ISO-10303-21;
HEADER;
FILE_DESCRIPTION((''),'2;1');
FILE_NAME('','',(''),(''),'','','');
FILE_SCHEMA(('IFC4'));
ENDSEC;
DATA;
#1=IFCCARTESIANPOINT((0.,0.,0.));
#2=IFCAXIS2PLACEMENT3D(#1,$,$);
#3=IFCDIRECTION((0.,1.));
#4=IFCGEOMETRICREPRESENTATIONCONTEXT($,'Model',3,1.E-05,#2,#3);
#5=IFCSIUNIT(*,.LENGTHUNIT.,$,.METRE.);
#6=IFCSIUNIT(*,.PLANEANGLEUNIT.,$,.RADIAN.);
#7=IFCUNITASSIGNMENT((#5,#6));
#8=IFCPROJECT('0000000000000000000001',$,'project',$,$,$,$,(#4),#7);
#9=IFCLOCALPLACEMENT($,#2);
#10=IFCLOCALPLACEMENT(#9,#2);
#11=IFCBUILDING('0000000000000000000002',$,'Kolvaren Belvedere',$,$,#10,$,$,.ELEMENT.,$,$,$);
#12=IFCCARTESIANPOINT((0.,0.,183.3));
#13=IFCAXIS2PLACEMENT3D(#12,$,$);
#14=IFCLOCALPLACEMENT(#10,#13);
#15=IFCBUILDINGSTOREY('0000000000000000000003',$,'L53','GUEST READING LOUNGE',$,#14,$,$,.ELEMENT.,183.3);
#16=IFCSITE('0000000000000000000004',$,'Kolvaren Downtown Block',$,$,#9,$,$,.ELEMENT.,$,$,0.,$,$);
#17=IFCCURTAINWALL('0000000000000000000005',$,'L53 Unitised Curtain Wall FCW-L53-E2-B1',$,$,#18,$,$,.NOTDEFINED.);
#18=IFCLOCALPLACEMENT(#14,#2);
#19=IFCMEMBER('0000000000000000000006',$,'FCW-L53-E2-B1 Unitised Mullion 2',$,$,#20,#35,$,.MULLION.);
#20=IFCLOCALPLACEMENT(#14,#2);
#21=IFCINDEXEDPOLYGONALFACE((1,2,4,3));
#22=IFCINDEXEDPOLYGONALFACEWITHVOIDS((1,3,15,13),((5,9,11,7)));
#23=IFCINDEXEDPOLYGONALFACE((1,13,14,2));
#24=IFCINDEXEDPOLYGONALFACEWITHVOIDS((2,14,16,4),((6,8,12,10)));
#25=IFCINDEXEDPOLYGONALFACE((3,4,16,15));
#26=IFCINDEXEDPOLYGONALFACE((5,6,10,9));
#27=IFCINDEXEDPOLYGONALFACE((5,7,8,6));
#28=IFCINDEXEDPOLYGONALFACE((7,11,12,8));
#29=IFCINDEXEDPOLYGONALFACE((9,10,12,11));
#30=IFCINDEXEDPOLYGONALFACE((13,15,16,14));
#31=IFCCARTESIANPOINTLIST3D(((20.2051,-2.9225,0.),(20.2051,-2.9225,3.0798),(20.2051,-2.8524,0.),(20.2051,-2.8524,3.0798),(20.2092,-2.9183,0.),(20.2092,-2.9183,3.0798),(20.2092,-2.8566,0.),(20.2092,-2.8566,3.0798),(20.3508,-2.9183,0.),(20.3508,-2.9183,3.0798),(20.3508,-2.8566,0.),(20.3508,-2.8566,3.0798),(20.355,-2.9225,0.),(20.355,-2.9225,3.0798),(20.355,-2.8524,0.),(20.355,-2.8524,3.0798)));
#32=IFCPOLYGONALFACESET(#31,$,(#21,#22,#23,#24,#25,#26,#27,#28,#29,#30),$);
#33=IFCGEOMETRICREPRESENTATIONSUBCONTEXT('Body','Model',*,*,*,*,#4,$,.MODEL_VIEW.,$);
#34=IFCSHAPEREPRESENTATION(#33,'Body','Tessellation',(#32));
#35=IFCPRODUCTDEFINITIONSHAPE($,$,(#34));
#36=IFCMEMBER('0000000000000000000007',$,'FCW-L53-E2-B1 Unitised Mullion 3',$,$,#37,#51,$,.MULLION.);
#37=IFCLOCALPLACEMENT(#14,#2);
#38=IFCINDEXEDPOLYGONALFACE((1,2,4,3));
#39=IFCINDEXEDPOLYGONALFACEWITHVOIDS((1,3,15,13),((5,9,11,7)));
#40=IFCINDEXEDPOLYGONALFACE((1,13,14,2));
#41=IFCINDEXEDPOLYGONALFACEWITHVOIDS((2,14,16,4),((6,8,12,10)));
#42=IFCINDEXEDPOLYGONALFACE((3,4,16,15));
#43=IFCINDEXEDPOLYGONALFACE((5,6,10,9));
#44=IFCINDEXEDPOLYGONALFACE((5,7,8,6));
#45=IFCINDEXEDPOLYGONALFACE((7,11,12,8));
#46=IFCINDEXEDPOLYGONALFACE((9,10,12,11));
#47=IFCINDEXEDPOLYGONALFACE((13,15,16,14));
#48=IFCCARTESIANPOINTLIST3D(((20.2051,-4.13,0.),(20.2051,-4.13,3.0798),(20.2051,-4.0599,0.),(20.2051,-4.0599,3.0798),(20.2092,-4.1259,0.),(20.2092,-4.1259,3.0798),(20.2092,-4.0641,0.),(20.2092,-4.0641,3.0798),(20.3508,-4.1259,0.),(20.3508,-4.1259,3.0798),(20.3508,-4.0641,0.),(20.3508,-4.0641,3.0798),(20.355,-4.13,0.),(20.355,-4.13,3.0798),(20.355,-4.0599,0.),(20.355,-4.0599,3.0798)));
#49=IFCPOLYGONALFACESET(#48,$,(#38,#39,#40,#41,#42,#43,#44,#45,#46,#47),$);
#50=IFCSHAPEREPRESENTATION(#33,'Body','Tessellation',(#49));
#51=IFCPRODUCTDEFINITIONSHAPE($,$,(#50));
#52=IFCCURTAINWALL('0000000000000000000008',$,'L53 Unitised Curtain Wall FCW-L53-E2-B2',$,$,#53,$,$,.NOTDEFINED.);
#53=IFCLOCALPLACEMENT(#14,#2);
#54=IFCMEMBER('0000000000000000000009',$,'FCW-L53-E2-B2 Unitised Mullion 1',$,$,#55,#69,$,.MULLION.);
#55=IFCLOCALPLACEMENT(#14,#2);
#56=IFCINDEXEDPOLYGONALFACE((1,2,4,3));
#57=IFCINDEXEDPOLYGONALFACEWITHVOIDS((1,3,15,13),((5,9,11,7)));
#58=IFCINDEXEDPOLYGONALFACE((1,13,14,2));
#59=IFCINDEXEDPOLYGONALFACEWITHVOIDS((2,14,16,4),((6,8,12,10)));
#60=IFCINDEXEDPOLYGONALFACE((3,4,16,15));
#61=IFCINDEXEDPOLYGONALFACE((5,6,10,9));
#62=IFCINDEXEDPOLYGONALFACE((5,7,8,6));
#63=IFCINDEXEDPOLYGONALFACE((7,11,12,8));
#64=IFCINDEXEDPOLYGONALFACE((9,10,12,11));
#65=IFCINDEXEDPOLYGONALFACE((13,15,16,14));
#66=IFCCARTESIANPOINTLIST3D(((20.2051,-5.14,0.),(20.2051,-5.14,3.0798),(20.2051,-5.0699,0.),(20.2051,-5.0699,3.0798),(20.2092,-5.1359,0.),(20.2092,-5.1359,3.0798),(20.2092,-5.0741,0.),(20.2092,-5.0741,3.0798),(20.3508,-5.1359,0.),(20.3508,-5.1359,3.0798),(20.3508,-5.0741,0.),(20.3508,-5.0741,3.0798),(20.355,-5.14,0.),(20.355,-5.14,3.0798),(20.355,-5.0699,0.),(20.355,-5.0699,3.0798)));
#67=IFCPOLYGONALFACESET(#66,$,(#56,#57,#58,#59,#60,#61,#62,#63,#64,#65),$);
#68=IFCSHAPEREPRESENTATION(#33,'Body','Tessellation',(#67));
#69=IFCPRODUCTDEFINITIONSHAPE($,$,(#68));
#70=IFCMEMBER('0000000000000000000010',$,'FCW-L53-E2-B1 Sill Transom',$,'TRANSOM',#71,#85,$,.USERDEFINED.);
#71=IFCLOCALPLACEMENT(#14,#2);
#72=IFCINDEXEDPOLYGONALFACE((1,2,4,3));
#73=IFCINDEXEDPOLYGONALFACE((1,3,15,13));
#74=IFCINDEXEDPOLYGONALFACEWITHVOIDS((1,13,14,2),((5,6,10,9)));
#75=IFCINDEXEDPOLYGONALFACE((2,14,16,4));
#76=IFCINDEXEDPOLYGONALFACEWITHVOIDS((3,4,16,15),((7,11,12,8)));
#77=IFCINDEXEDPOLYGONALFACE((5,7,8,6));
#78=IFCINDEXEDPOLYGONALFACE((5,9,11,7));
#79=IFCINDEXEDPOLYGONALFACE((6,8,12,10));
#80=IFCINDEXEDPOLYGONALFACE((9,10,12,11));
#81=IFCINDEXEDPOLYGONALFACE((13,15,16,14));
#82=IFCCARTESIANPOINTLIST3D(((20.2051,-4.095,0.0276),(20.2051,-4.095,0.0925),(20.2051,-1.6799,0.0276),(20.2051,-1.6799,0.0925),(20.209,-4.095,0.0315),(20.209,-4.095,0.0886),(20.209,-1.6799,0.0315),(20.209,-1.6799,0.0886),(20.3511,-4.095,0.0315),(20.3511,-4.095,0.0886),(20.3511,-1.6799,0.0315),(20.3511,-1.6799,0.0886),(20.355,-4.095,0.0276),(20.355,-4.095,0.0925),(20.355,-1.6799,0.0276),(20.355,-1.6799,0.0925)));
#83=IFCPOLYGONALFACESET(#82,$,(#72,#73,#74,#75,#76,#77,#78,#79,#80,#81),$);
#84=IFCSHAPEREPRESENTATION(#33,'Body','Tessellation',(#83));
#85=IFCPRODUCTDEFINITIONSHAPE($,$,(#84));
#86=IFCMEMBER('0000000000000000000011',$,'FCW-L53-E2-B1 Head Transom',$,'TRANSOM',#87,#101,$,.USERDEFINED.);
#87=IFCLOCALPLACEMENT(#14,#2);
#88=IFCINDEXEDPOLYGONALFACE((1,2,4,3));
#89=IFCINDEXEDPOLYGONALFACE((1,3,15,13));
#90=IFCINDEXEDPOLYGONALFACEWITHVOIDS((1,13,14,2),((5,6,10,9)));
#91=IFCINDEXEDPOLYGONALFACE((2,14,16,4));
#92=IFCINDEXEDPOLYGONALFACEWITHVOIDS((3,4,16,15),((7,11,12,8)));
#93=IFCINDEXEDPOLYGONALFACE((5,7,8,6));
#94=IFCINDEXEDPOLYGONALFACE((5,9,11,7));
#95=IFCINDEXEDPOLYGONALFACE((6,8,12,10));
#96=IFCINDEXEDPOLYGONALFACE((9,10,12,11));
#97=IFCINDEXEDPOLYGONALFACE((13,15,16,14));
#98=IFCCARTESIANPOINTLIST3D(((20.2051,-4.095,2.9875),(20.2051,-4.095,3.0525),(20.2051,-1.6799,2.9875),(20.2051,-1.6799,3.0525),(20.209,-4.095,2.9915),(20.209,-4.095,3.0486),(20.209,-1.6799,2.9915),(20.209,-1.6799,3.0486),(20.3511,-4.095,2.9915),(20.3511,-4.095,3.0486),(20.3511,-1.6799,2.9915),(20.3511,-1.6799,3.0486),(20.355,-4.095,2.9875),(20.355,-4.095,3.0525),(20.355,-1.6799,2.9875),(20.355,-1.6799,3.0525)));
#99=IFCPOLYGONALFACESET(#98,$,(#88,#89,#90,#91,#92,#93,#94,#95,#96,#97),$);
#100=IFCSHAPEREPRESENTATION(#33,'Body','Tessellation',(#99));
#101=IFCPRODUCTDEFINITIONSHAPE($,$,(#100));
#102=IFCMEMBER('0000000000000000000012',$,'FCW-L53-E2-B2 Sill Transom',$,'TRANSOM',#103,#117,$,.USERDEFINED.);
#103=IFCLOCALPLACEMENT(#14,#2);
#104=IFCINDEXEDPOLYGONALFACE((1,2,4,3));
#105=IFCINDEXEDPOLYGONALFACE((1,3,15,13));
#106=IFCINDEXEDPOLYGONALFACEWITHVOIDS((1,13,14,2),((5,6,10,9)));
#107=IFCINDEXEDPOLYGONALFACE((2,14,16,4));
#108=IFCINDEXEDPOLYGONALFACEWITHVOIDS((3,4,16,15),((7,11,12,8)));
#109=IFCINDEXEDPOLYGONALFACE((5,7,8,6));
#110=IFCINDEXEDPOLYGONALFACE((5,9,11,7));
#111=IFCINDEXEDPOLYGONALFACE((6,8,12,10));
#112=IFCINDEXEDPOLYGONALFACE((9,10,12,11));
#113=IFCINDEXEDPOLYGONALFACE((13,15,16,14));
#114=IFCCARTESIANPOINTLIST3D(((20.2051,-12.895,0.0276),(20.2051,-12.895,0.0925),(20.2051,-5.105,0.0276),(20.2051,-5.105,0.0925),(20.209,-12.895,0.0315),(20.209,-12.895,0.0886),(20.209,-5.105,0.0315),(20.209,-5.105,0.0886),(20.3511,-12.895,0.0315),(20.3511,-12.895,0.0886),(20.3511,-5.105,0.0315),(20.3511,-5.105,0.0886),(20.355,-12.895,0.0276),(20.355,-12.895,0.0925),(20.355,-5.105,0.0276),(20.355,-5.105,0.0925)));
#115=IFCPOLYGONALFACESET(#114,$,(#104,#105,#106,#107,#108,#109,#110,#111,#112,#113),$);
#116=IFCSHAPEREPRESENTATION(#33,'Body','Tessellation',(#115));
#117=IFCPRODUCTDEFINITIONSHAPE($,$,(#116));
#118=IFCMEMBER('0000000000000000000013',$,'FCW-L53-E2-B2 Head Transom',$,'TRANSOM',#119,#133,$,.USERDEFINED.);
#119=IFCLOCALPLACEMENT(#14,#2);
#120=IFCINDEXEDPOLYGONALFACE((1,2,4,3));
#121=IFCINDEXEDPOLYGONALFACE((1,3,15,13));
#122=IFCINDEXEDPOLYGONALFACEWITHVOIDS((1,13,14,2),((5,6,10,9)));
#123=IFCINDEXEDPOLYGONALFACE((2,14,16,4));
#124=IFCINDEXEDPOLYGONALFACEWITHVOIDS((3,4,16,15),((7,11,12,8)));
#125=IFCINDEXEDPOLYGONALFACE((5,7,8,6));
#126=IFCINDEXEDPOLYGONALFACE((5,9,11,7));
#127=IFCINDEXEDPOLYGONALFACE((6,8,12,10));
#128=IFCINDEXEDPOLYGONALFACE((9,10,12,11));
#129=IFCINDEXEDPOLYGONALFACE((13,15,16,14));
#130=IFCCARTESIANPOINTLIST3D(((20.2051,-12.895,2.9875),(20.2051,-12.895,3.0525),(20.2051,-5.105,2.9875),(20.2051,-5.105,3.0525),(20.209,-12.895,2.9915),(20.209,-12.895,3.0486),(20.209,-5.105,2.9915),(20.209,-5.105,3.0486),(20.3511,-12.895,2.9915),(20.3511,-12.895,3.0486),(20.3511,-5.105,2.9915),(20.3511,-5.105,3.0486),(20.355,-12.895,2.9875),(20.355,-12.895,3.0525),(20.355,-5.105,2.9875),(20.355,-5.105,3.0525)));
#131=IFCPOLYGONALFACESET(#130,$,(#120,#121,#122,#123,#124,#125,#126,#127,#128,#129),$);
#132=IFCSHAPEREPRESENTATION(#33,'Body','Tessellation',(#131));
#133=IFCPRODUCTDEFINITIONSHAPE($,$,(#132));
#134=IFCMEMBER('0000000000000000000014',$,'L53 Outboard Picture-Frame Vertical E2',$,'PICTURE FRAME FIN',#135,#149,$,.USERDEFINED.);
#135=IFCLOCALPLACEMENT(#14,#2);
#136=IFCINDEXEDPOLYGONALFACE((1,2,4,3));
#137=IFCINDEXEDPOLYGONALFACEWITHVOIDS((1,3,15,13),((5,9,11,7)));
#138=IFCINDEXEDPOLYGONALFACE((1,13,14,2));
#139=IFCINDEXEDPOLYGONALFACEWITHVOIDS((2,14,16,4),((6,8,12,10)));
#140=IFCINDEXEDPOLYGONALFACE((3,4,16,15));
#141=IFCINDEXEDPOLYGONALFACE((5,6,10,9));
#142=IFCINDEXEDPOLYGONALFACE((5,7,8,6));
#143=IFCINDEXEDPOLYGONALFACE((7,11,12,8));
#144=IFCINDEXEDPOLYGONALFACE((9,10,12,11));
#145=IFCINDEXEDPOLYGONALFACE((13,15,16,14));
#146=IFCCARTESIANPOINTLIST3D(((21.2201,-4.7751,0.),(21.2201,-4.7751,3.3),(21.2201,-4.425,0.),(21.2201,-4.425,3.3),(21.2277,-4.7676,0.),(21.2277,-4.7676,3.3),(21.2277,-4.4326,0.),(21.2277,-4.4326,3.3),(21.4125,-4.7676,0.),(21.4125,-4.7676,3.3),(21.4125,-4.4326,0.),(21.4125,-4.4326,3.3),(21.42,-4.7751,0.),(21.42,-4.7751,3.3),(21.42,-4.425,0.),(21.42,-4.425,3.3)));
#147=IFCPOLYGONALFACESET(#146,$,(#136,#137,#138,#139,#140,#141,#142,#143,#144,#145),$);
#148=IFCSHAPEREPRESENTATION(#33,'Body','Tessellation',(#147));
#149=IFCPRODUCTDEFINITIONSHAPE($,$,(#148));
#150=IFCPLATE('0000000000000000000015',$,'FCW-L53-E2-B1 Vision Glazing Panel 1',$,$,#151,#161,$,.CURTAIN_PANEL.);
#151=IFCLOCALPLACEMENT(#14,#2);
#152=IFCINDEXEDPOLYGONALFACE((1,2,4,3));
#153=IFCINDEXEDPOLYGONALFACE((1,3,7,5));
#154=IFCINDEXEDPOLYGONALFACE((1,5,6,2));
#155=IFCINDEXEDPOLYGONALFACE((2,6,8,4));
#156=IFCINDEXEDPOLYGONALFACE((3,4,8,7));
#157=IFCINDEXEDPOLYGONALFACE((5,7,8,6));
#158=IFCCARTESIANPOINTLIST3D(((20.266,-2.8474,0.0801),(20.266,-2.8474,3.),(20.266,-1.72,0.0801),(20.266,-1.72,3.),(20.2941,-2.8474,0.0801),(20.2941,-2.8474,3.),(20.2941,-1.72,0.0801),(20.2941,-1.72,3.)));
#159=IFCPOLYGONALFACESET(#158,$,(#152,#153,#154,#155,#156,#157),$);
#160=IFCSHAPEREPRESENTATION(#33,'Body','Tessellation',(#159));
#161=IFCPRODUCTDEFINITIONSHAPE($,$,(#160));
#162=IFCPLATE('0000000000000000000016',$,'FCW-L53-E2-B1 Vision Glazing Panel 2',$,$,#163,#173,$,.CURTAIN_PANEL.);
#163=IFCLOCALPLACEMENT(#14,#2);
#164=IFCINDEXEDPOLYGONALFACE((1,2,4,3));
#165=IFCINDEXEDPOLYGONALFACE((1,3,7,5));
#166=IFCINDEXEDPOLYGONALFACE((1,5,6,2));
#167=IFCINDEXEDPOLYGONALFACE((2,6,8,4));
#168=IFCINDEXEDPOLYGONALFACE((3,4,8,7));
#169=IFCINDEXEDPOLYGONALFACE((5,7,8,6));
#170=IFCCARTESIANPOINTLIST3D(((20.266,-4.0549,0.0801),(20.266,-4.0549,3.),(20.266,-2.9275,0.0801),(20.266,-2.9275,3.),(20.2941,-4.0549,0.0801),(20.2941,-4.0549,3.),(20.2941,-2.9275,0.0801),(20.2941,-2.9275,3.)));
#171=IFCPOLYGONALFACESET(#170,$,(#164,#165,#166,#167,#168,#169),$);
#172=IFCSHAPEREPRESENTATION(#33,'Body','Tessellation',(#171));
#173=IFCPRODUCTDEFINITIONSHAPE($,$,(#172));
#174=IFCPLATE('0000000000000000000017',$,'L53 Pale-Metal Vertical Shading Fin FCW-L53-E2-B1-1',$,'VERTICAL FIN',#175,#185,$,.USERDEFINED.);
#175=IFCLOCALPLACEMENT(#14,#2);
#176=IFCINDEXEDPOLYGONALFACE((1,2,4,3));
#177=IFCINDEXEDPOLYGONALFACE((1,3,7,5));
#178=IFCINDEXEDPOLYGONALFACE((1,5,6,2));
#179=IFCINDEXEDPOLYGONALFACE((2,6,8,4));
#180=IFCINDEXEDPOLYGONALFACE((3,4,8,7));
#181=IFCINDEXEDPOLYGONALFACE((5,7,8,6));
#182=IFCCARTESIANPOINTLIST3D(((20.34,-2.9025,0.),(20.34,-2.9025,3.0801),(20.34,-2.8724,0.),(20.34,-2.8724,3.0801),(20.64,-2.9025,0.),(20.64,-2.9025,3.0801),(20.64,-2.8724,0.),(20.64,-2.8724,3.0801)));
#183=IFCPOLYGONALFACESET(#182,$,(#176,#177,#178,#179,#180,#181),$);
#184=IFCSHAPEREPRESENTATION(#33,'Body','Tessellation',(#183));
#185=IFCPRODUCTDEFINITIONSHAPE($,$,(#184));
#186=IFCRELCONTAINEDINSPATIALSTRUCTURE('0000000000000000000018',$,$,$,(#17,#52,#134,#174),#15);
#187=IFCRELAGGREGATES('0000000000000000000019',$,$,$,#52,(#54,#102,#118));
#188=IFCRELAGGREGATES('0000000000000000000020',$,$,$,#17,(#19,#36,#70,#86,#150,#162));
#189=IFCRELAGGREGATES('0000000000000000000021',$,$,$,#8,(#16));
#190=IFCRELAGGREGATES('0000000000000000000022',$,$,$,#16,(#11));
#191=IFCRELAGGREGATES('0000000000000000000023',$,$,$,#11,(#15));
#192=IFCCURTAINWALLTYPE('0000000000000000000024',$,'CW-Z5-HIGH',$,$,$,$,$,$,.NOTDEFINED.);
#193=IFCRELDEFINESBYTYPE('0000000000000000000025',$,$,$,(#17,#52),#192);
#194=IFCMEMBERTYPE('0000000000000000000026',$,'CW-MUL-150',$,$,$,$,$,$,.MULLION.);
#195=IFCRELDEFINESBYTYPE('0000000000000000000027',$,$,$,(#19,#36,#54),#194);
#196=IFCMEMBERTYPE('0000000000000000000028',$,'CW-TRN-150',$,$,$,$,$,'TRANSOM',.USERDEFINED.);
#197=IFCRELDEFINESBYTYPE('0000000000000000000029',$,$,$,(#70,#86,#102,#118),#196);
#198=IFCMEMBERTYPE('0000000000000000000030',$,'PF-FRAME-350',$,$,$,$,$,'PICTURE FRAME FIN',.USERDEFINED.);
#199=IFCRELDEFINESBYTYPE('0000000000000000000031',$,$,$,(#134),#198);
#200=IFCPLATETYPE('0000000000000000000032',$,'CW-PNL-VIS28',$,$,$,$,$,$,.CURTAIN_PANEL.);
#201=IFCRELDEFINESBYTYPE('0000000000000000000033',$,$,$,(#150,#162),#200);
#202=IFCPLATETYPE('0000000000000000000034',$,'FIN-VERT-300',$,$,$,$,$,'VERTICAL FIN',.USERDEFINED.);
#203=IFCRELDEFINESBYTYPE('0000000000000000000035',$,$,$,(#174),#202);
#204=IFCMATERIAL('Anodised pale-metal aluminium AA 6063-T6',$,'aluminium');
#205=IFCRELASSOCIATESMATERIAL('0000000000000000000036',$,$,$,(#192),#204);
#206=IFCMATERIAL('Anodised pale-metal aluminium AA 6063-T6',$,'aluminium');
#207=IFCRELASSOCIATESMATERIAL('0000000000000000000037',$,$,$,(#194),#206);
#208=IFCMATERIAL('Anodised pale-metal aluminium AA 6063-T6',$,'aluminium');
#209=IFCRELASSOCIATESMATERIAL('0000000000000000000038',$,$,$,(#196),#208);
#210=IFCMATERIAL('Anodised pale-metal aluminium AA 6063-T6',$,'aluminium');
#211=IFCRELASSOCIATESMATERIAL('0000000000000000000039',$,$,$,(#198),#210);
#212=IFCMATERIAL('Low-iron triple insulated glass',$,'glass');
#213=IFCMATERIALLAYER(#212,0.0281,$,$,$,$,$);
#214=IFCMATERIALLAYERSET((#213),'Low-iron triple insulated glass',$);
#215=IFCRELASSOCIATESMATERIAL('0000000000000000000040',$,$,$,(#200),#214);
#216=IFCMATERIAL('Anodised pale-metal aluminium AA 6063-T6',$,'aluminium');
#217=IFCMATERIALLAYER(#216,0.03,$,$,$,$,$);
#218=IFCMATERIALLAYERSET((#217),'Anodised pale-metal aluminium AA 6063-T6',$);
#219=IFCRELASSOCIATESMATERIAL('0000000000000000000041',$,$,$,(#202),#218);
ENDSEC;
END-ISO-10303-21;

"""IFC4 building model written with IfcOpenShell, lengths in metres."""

from ifc_helpers import new_model, si_unit, direction, frame, origin, origin_2d, place, context, subcontext, project, spatial, rectangle, hollow_rectangle, extrude, material, layer, layer_set, material_profile, profile_set, type_object, element, aggregate, save


model = new_model("IFC4")

# Units and contexts
model_context = context("Model", 3, precision=1e-05, world=origin(), true_north=direction((0.0, 1.0)))
body_context = subcontext(model_context, "Body", "Model", "MODEL_VIEW")
ifc_project = project(units=[si_unit("LENGTHUNIT", "METRE"), si_unit("PLANEANGLEUNIT", "RADIAN")], contexts=[model_context])

# Site, building, storey
site_placement = place(None, origin())
site = spatial("IfcSite", under=ifc_project, at=site_placement, Name="Kolvaren Downtown Block", CompositionType="ELEMENT", RefElevation=0.0)
building_placement = place(site_placement, origin())
building = spatial("IfcBuilding", under=site, at=building_placement, Name="Kolvaren Belvedere", CompositionType="ELEMENT")
storey_placement = place(building_placement, frame((0.0, 0.0, 183.3)))
storey = spatial("IfcBuildingStorey", under=building, at=storey_placement, Name="L53", Description="GUEST READING LOUNGE", CompositionType="ELEMENT", Elevation=183.3)

# Curtain wall, members
ifc_material_1 = material(Name="Anodised pale-metal aluminium AA 6063-T6", Category="aluminium")
curtain_wall_type = type_object("IfcCurtainWallType", Name="CW-Z5-HIGH", PredefinedType="NOTDEFINED", material=ifc_material_1)
curtain_wall_1_placement = place(storey_placement, origin())
curtain_wall_1 = element("IfcCurtainWall", 1, at=curtain_wall_1_placement, inside=storey, type_object=curtain_wall_type, Name="L53 Unitised Curtain Wall FCW-L53-E2-B1", PredefinedType="NOTDEFINED")
ifc_material_2 = material(Name="Anodised pale-metal aluminium AA 6063-T6", Category="aluminium")
ifc_material_profile_1 = material_profile(ifc_material_2, hollow_rectangle(XDim=0.0701, YDim=0.1499, WallThickness=0.0042, at=origin_2d()), Name="ALU-MUL-150X70")
ifc_profile_set_1 = profile_set([ifc_material_profile_1], Name="Anodised pale-metal aluminium AA 6063-T6")
member_type_1 = type_object("IfcMemberType", Name="CW-MUL-150", PredefinedType="MULLION", material=ifc_profile_set_1)
member_1_placement = place(storey_placement, frame((20.28, -2.8875, 0.0), z_axis=(0.0, 0.0, 1.0), x_axis=(0.0, 1.0, 0.0)))
member_1 = element("IfcMember", 2, at=member_1_placement, type_object=member_type_1, Name="FCW-L53-E2-B1 Unitised Mullion 2", PredefinedType="MULLION", context=body_context, shape_type="SweptSolid", body=[
    extrude(hollow_rectangle(XDim=0.0701, YDim=0.1499, WallThickness=0.0042, at=origin_2d()), origin(), (0.0, 0.0, 1.0), 3.0798),
])
member_2_placement = place(storey_placement, frame((20.28, -4.095, 0.0), z_axis=(0.0, 0.0, 1.0), x_axis=(0.0, 1.0, 0.0)))
member_2 = element("IfcMember", 3, at=member_2_placement, type_object=member_type_1, Name="FCW-L53-E2-B1 Unitised Mullion 3", PredefinedType="MULLION", context=body_context, shape_type="SweptSolid", body=[
    extrude(hollow_rectangle(XDim=0.0701, YDim=0.1499, WallThickness=0.0042, at=origin_2d()), origin(), (0.0, 0.0, 1.0), 3.0798),
])

# Curtain wall, member
curtain_wall_2_placement = place(storey_placement, origin())
curtain_wall_2 = element("IfcCurtainWall", 4, at=curtain_wall_2_placement, inside=storey, type_object=curtain_wall_type, Name="L53 Unitised Curtain Wall FCW-L53-E2-B2", PredefinedType="NOTDEFINED")
member_3_placement = place(storey_placement, frame((20.28, -5.105, 0.0), z_axis=(0.0, 0.0, 1.0), x_axis=(0.0, 1.0, 0.0)))
member_3 = element("IfcMember", 5, at=member_3_placement, type_object=member_type_1, Name="FCW-L53-E2-B2 Unitised Mullion 1", PredefinedType="MULLION", context=body_context, shape_type="SweptSolid", body=[
    extrude(hollow_rectangle(XDim=0.0701, YDim=0.1499, WallThickness=0.0042, at=origin_2d()), origin(), (0.0, 0.0, 1.0), 3.0798),
])

# Members
ifc_material_3 = material(Name="Anodised pale-metal aluminium AA 6063-T6", Category="aluminium")
ifc_material_profile_2 = material_profile(ifc_material_3, hollow_rectangle(XDim=0.0649, YDim=0.1499, WallThickness=0.0039, at=origin_2d()), Name="ALU-TRN-150X65")
ifc_profile_set_2 = profile_set([ifc_material_profile_2], Name="Anodised pale-metal aluminium AA 6063-T6")
member_type_2 = type_object("IfcMemberType", Name="CW-TRN-150", ElementType="TRANSOM", PredefinedType="USERDEFINED", material=ifc_profile_set_2)
member_4_placement = place(storey_placement, frame((20.28, -1.6799, 0.0601), z_axis=(0.0, -1.0, 0.0), x_axis=(0.0, 0.0, 1.0)))
member_4 = element("IfcMember", 6, at=member_4_placement, type_object=member_type_2, Name="FCW-L53-E2-B1 Sill Transom", ObjectType="TRANSOM", PredefinedType="USERDEFINED", context=body_context, shape_type="SweptSolid", body=[
    extrude(hollow_rectangle(XDim=0.0649, YDim=0.1499, WallThickness=0.0039, at=origin_2d()), origin(), (0.0, 0.0, 1.0), 2.415),
])
member_5_placement = place(storey_placement, frame((20.28, -1.6799, 3.02), z_axis=(0.0, -1.0, 0.0), x_axis=(0.0, 0.0, 1.0)))
member_5 = element("IfcMember", 7, at=member_5_placement, type_object=member_type_2, Name="FCW-L53-E2-B1 Head Transom", ObjectType="TRANSOM", PredefinedType="USERDEFINED", context=body_context, shape_type="SweptSolid", body=[
    extrude(hollow_rectangle(XDim=0.0649, YDim=0.1499, WallThickness=0.0039, at=origin_2d()), origin(), (0.0, 0.0, 1.0), 2.415),
])
member_6_placement = place(storey_placement, frame((20.28, -5.105, 0.0601), z_axis=(0.0, -1.0, 0.0), x_axis=(0.0, 0.0, 1.0)))
member_6 = element("IfcMember", 8, at=member_6_placement, type_object=member_type_2, Name="FCW-L53-E2-B2 Sill Transom", ObjectType="TRANSOM", PredefinedType="USERDEFINED", context=body_context, shape_type="SweptSolid", body=[
    extrude(hollow_rectangle(XDim=0.0649, YDim=0.1499, WallThickness=0.0039, at=origin_2d()), origin(), (0.0, 0.0, 1.0), 7.79),
])
member_7_placement = place(storey_placement, frame((20.28, -5.105, 3.02), z_axis=(0.0, -1.0, 0.0), x_axis=(0.0, 0.0, 1.0)))
member_7 = element("IfcMember", 9, at=member_7_placement, type_object=member_type_2, Name="FCW-L53-E2-B2 Head Transom", ObjectType="TRANSOM", PredefinedType="USERDEFINED", context=body_context, shape_type="SweptSolid", body=[
    extrude(hollow_rectangle(XDim=0.0649, YDim=0.1499, WallThickness=0.0039, at=origin_2d()), origin(), (0.0, 0.0, 1.0), 7.79),
])
aggregate(curtain_wall_2, [member_3, member_6, member_7])
ifc_material_4 = material(Name="Anodised pale-metal aluminium AA 6063-T6", Category="aluminium")
ifc_material_profile_3 = material_profile(ifc_material_4, hollow_rectangle(XDim=0.2, YDim=0.3501, WallThickness=0.0076, at=origin_2d()), Name="ALU-PF-350X200")
ifc_profile_set_3 = profile_set([ifc_material_profile_3], Name="Anodised pale-metal aluminium AA 6063-T6")
member_type_3 = type_object("IfcMemberType", Name="PF-FRAME-350", ElementType="PICTURE FRAME FIN", PredefinedType="USERDEFINED", material=ifc_profile_set_3)
member_8_placement = place(storey_placement, frame((21.3201, -4.6001, 0.0), z_axis=(0.0, 0.0, 1.0), x_axis=(1.0, 0.0, 0.0)))
element("IfcMember", 10, at=member_8_placement, inside=storey, type_object=member_type_3, Name="L53 Outboard Picture-Frame Vertical E2", ObjectType="PICTURE FRAME FIN", PredefinedType="USERDEFINED", context=body_context, shape_type="SweptSolid", body=[
    extrude(hollow_rectangle(XDim=0.2, YDim=0.3501, WallThickness=0.0076, at=origin_2d()), origin(), (0.0, 0.0, 1.0), 3.3),
])

# Plates
ifc_material_5 = material(Name="Low-iron triple insulated glass", Category="glass")
ifc_layer_1 = layer(ifc_material_5, 0.0281)
ifc_layer_set_1 = layer_set([ifc_layer_1], Name="Low-iron triple insulated glass")
plate_type_1 = type_object("IfcPlateType", Name="CW-PNL-VIS28", PredefinedType="CURTAIN_PANEL", material=ifc_layer_set_1)
plate_1_placement = place(storey_placement, frame((20.28, -2.2837, 0.0801), z_axis=(0.0, 0.0, 1.0), x_axis=(0.0, -1.0, 0.0)))
plate_1 = element("IfcPlate", 11, at=plate_1_placement, type_object=plate_type_1, Name="FCW-L53-E2-B1 Vision Glazing Panel 1", PredefinedType="CURTAIN_PANEL", context=body_context, shape_type="SweptSolid", body=[
    extrude(rectangle(XDim=1.1274, YDim=0.0281, at=origin_2d()), origin(), (0.0, 0.0, 1.0), 2.9199),
])
plate_2_placement = place(storey_placement, frame((20.28, -3.4912, 0.0801), z_axis=(0.0, 0.0, 1.0), x_axis=(0.0, -1.0, 0.0)))
plate_2 = element("IfcPlate", 12, at=plate_2_placement, type_object=plate_type_1, Name="FCW-L53-E2-B1 Vision Glazing Panel 2", PredefinedType="CURTAIN_PANEL", context=body_context, shape_type="SweptSolid", body=[
    extrude(rectangle(XDim=1.1274, YDim=0.0281, at=origin_2d()), origin(), (0.0, 0.0, 1.0), 2.9199),
])
aggregate(curtain_wall_1, [member_1, member_2, member_4, member_5, plate_1, plate_2])
ifc_material_6 = material(Name="Anodised pale-metal aluminium AA 6063-T6", Category="aluminium")
ifc_layer_2 = layer(ifc_material_6, 0.03)
ifc_layer_set_2 = layer_set([ifc_layer_2], Name="Anodised pale-metal aluminium AA 6063-T6")
plate_type_2 = type_object("IfcPlateType", Name="FIN-VERT-300", ElementType="VERTICAL FIN", PredefinedType="USERDEFINED", material=ifc_layer_set_2)
plate_3_placement = place(storey_placement, frame((20.49, -2.8875, 0.0), z_axis=(0.0, 0.0, 1.0), x_axis=(1.0, 0.0, 0.0)))
element("IfcPlate", 13, at=plate_3_placement, inside=storey, type_object=plate_type_2, Name="L53 Pale-Metal Vertical Shading Fin FCW-L53-E2-B1-1", ObjectType="VERTICAL FIN", PredefinedType="USERDEFINED", context=body_context, shape_type="SweptSolid", body=[
    extrude(rectangle(XDim=0.3, YDim=0.03, at=origin_2d()), origin(), (0.0, 0.0, 1.0), 3.0801),
])

save(model, "model.ifc")
